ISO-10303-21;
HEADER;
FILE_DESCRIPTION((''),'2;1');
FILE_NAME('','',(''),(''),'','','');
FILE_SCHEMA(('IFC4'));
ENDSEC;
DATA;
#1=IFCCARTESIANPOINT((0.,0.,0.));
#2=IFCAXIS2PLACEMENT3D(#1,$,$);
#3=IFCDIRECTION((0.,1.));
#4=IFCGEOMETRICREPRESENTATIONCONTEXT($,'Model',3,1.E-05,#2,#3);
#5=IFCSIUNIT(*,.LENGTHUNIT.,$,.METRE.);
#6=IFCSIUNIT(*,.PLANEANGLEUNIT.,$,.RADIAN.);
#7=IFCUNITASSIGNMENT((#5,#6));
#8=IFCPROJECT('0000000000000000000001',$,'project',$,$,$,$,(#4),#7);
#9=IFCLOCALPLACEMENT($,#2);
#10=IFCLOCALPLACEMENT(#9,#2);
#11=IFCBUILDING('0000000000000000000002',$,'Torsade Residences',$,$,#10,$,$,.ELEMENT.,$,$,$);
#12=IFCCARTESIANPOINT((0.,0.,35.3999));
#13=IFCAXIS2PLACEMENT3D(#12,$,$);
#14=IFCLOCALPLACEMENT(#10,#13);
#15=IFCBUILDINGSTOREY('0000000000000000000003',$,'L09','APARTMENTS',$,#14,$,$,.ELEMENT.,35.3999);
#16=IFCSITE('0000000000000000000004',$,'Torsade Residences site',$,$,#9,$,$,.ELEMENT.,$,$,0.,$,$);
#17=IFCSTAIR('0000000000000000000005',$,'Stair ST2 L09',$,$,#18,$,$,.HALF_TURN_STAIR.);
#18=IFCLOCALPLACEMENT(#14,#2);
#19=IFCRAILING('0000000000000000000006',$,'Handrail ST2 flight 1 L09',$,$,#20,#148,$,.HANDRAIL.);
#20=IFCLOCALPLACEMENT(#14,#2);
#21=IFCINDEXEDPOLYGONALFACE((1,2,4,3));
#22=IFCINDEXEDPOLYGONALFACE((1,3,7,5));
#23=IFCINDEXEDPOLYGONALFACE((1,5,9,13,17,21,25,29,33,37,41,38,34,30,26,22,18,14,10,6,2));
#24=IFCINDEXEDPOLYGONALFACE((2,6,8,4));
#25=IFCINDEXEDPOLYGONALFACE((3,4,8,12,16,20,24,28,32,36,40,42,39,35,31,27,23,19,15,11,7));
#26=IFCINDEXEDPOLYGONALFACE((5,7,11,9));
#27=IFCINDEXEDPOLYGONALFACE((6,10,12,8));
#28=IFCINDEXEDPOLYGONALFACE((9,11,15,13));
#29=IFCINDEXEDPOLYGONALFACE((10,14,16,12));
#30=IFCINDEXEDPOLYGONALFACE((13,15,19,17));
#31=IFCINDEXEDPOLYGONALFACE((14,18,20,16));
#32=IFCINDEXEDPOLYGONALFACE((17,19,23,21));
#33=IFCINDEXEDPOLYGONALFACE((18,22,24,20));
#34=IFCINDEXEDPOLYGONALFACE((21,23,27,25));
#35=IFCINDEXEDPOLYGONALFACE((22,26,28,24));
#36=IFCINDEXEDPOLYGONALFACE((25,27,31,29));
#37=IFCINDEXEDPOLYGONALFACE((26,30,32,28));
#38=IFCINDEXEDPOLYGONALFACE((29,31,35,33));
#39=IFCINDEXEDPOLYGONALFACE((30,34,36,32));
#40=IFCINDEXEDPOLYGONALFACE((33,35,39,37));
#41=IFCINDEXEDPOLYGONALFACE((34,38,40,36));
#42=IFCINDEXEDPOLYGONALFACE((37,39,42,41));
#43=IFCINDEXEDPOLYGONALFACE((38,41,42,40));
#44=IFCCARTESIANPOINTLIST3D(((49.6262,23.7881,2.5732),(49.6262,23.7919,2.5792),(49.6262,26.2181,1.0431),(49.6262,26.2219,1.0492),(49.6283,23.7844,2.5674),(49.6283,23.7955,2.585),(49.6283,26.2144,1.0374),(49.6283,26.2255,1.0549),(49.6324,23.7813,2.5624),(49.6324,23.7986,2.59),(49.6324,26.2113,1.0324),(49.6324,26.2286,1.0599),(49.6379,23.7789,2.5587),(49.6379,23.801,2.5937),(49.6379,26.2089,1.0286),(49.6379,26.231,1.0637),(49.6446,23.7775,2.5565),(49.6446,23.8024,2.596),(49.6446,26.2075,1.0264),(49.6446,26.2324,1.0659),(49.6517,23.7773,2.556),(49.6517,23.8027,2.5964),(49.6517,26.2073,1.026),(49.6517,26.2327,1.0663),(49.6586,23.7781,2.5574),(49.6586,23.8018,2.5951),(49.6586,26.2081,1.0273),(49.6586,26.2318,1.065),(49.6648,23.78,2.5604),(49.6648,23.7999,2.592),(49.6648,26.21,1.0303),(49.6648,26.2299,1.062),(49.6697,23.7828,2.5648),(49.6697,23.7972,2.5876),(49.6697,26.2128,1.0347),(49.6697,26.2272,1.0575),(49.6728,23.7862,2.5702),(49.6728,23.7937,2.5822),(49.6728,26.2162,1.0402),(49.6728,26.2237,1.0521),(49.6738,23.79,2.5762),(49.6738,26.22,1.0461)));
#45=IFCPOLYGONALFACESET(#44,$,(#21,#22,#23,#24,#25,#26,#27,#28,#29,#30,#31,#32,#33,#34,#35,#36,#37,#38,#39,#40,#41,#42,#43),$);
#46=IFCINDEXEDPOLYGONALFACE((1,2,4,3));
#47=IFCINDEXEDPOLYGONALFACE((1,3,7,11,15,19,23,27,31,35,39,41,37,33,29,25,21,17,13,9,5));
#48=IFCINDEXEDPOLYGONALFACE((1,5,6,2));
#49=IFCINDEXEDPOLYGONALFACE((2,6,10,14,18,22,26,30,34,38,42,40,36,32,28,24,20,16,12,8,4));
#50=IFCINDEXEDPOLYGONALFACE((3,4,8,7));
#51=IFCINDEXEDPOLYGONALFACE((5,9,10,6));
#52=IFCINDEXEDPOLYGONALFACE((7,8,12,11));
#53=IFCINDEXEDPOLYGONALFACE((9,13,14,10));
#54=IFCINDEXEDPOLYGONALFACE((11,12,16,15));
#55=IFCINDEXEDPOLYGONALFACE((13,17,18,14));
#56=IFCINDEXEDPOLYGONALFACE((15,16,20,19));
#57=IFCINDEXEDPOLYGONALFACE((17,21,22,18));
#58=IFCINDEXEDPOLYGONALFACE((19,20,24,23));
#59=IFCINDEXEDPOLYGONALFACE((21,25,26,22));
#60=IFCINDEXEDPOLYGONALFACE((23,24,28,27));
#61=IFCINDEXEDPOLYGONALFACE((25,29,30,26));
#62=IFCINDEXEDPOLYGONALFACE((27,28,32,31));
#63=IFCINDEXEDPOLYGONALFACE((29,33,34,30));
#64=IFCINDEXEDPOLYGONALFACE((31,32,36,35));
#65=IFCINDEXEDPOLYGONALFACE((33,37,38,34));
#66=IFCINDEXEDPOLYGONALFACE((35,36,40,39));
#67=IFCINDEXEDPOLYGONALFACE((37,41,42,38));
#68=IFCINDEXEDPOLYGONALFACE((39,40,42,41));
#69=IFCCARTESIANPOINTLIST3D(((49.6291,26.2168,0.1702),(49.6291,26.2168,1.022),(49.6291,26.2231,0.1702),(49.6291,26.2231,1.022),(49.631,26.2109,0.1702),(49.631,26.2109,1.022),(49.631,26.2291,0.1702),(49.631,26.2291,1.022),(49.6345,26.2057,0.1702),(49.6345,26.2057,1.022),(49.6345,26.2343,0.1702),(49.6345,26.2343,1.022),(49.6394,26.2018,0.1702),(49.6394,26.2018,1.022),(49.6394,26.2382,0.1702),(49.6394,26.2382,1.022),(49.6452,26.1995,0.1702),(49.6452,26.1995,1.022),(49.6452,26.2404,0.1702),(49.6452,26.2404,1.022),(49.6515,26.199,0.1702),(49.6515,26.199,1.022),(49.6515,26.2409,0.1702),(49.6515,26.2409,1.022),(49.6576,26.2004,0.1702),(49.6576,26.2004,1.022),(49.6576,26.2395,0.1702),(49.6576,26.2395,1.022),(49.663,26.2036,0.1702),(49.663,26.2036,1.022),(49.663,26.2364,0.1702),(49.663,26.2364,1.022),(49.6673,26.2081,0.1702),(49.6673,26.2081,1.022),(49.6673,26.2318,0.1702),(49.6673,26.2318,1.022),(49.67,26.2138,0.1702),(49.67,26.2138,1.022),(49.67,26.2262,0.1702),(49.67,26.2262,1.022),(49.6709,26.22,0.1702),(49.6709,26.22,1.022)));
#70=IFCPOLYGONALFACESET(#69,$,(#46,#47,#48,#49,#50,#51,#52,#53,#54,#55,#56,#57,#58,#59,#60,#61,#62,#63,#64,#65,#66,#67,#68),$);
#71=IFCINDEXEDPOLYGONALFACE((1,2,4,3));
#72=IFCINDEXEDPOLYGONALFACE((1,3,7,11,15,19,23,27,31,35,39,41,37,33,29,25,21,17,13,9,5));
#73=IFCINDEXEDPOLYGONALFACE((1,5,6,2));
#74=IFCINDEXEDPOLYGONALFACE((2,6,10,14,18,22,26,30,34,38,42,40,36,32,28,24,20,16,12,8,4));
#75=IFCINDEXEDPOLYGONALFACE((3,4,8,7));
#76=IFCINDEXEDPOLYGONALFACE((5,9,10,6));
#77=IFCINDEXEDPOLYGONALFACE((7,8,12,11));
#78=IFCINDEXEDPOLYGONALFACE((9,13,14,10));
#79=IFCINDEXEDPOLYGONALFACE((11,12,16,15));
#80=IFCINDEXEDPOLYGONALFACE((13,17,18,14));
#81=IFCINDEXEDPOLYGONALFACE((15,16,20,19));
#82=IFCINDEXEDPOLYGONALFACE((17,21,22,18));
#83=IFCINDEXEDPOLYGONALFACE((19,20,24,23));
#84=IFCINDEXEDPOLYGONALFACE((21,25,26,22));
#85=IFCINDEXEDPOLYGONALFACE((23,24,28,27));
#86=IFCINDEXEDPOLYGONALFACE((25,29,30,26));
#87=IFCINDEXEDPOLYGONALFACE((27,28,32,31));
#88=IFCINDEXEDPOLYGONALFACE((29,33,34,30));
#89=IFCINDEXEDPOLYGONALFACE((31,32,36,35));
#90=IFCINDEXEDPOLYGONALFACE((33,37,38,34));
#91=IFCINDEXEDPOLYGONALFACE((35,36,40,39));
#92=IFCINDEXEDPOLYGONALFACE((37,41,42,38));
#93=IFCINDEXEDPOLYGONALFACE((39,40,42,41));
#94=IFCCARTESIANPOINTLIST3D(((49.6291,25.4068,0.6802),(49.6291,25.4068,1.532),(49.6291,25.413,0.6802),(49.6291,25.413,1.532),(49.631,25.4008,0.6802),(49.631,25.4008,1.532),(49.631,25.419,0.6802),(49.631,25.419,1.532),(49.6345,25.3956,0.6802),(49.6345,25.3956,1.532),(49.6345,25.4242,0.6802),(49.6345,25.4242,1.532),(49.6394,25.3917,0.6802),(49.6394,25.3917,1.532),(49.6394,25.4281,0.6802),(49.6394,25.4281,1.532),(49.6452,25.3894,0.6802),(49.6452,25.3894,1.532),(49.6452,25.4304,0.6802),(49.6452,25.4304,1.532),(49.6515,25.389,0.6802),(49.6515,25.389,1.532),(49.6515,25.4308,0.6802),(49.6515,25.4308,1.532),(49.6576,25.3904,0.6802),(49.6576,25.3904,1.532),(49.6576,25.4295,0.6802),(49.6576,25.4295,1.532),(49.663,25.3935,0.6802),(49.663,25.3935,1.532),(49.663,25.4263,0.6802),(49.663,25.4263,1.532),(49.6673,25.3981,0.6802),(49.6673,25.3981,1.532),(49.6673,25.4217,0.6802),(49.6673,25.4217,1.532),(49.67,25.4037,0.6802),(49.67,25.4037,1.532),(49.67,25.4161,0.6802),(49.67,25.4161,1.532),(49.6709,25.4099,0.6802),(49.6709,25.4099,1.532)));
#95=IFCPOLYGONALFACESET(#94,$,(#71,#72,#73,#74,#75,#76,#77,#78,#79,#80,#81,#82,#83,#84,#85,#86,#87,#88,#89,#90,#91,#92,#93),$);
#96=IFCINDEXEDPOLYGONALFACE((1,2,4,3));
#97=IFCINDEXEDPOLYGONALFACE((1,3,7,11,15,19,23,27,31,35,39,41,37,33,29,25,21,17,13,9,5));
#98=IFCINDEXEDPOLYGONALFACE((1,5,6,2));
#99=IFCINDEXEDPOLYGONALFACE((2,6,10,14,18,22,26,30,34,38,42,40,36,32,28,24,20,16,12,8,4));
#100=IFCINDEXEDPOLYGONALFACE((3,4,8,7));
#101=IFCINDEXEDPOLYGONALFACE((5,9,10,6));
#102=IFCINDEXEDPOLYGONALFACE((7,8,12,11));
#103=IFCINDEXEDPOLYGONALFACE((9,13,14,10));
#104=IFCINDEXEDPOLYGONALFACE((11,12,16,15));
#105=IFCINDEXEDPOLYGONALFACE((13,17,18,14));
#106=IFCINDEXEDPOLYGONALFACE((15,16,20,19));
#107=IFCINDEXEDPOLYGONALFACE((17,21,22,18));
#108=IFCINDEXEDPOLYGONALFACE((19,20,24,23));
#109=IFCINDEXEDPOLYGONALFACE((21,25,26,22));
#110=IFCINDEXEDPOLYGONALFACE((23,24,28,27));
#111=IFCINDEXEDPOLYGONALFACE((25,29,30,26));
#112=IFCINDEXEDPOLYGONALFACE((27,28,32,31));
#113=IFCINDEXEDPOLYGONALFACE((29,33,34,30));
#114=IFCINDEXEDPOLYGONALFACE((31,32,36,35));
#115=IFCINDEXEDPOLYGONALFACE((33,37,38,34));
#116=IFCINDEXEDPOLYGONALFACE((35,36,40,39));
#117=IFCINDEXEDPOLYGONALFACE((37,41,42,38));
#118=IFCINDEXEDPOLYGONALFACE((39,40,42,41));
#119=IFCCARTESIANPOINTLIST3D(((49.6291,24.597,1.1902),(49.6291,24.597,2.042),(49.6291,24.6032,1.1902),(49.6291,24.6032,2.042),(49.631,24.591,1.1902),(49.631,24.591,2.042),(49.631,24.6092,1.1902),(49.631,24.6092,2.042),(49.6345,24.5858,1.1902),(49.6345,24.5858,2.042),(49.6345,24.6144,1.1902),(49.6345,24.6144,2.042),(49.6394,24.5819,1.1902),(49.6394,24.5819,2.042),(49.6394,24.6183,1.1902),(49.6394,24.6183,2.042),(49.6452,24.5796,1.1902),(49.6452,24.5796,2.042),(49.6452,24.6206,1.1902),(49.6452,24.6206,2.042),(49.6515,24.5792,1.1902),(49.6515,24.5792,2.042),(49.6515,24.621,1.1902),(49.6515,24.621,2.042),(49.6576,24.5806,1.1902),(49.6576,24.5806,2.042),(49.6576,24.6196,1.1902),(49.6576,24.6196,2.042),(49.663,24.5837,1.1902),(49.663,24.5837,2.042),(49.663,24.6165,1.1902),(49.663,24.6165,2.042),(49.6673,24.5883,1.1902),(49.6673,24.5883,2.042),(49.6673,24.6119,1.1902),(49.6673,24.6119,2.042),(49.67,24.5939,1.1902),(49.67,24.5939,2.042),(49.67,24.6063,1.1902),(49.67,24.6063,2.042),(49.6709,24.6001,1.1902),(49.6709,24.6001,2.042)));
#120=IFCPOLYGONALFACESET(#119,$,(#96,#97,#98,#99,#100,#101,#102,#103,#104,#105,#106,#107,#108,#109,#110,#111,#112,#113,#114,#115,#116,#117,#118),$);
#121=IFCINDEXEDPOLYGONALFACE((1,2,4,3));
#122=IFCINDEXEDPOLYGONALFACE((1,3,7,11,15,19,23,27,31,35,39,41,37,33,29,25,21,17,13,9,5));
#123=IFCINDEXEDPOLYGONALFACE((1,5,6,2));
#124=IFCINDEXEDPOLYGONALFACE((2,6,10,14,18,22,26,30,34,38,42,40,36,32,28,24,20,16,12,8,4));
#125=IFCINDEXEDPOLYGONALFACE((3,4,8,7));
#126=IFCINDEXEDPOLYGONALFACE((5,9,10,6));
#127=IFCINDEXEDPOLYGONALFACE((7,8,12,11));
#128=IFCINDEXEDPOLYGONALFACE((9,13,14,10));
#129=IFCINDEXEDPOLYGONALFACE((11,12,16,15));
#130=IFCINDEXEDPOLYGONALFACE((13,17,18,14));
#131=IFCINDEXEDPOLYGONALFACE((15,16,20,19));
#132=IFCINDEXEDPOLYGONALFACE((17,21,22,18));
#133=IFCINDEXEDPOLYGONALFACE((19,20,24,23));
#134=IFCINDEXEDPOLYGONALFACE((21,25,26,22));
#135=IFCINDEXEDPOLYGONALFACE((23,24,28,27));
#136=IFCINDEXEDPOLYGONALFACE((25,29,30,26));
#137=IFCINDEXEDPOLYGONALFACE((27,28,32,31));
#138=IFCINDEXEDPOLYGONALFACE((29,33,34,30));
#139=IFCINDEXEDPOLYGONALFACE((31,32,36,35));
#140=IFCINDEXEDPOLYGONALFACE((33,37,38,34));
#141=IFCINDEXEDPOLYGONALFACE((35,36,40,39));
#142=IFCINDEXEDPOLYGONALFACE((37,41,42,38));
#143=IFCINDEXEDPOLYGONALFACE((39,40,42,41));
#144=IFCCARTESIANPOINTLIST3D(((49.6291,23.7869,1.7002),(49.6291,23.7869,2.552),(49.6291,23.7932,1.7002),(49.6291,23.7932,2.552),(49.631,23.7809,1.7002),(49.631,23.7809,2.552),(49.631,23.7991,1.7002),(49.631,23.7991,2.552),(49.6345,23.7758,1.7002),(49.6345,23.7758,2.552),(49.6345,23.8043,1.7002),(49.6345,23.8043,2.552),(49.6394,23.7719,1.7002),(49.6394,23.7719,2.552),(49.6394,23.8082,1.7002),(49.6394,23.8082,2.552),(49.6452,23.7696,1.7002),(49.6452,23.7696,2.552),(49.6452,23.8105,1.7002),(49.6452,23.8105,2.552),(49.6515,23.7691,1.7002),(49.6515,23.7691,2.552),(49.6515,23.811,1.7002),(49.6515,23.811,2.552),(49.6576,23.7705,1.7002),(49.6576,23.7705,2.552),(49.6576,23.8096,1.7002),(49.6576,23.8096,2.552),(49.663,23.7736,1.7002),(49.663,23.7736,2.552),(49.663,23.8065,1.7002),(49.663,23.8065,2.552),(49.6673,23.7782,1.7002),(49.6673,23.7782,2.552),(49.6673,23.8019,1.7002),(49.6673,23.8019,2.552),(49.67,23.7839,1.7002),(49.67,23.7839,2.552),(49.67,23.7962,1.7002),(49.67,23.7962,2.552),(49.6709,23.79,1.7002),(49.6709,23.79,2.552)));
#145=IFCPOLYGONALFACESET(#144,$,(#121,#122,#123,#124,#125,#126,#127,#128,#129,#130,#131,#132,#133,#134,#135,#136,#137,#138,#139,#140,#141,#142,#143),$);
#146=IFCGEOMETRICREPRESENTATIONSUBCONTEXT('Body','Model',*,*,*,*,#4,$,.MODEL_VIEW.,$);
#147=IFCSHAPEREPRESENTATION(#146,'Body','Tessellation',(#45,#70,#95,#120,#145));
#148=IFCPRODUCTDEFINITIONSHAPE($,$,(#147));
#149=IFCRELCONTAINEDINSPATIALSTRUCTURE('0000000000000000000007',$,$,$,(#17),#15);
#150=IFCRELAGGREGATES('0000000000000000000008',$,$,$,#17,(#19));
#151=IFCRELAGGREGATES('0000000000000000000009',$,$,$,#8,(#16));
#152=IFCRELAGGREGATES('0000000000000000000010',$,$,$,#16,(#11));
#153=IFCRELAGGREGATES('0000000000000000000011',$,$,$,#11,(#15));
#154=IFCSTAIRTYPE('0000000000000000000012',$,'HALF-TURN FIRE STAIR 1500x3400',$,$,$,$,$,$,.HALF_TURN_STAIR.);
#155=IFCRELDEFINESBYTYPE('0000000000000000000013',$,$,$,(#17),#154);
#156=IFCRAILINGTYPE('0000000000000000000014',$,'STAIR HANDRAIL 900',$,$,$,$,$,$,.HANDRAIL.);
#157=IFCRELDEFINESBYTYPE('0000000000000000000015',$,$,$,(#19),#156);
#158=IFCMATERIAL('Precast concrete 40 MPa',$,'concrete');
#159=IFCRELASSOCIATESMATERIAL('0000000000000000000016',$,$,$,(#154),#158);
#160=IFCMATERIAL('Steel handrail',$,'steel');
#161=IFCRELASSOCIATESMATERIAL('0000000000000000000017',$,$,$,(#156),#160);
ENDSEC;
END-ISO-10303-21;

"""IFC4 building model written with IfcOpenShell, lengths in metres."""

from ifc_helpers import new_model, si_unit, direction, frame, origin, origin_2d, place, context, subcontext, project, spatial, circle, extrude, material, type_object, element, aggregate, save


model = new_model("IFC4")

# Units and contexts
model_context = context("Model", 3, precision=1e-05, world=origin(), true_north=direction((0.0, 1.0)))
body_context = subcontext(model_context, "Body", "Model", "MODEL_VIEW")
ifc_project = project(units=[si_unit("LENGTHUNIT", "METRE"), si_unit("PLANEANGLEUNIT", "RADIAN")], contexts=[model_context])

# Site, building, storey
site_placement = place(None, origin())
site = spatial("IfcSite", under=ifc_project, at=site_placement, Name="Torsade Residences site", CompositionType="ELEMENT", RefElevation=0.0)
building_placement = place(site_placement, origin())
building = spatial("IfcBuilding", under=site, at=building_placement, Name="Torsade Residences", CompositionType="ELEMENT")
storey_placement = place(building_placement, frame((0.0, 0.0, 35.3999)))
storey = spatial("IfcBuildingStorey", under=building, at=storey_placement, Name="L09", Description="APARTMENTS", CompositionType="ELEMENT", Elevation=35.3999)

# Stair, railing
ifc_material_1 = material(Name="Precast concrete 40 MPa", Category="concrete")
stair_type = type_object("IfcStairType", Name="HALF-TURN FIRE STAIR 1500x3400", PredefinedType="HALF_TURN_STAIR", material=ifc_material_1)
stair_placement = place(storey_placement, origin())
stair = element("IfcStair", 1, at=stair_placement, inside=storey, type_object=stair_type, Name="Stair ST2 L09", PredefinedType="HALF_TURN_STAIR")
ifc_material_2 = material(Name="Steel handrail", Category="steel")
railing_type = type_object("IfcRailingType", Name="STAIR HANDRAIL 900", PredefinedType="HANDRAIL", material=ifc_material_2)
railing_1_placement = place(storey_placement, frame((49.6499, 26.22, 0.1702)))
railing_1 = element("IfcRailing", 2, at=railing_1_placement, type_object=railing_type, Name="Handrail ST2 flight 1 L09", PredefinedType="HANDRAIL", context=body_context, shape_type="SweptSolid", body=[
    extrude(circle(Radius=0.0239, at=origin_2d()), frame((0.0, 0.0, 0.876), z_axis=(0.0, -0.846221, 0.532831), x_axis=(1.0, 0.0, 0.0)), (0.0, 0.0, 1.0), 2.8716),
    extrude(circle(Radius=0.021, at=origin_2d()), origin(), (0.0, 0.0, 1.0), 0.8518),
    extrude(circle(Radius=0.021, at=origin_2d()), frame((0.0, -0.8101, 0.51)), (0.0, 0.0, 1.0), 0.8518),
    extrude(circle(Radius=0.021, at=origin_2d()), frame((0.0, -1.6199, 1.02)), (0.0, 0.0, 1.0), 0.8518),
    extrude(circle(Radius=0.021, at=origin_2d()), frame((0.0, -2.4299, 1.53)), (0.0, 0.0, 1.0), 0.8518),
])
aggregate(stair, [railing_1])

save(model, "model.ifc")
